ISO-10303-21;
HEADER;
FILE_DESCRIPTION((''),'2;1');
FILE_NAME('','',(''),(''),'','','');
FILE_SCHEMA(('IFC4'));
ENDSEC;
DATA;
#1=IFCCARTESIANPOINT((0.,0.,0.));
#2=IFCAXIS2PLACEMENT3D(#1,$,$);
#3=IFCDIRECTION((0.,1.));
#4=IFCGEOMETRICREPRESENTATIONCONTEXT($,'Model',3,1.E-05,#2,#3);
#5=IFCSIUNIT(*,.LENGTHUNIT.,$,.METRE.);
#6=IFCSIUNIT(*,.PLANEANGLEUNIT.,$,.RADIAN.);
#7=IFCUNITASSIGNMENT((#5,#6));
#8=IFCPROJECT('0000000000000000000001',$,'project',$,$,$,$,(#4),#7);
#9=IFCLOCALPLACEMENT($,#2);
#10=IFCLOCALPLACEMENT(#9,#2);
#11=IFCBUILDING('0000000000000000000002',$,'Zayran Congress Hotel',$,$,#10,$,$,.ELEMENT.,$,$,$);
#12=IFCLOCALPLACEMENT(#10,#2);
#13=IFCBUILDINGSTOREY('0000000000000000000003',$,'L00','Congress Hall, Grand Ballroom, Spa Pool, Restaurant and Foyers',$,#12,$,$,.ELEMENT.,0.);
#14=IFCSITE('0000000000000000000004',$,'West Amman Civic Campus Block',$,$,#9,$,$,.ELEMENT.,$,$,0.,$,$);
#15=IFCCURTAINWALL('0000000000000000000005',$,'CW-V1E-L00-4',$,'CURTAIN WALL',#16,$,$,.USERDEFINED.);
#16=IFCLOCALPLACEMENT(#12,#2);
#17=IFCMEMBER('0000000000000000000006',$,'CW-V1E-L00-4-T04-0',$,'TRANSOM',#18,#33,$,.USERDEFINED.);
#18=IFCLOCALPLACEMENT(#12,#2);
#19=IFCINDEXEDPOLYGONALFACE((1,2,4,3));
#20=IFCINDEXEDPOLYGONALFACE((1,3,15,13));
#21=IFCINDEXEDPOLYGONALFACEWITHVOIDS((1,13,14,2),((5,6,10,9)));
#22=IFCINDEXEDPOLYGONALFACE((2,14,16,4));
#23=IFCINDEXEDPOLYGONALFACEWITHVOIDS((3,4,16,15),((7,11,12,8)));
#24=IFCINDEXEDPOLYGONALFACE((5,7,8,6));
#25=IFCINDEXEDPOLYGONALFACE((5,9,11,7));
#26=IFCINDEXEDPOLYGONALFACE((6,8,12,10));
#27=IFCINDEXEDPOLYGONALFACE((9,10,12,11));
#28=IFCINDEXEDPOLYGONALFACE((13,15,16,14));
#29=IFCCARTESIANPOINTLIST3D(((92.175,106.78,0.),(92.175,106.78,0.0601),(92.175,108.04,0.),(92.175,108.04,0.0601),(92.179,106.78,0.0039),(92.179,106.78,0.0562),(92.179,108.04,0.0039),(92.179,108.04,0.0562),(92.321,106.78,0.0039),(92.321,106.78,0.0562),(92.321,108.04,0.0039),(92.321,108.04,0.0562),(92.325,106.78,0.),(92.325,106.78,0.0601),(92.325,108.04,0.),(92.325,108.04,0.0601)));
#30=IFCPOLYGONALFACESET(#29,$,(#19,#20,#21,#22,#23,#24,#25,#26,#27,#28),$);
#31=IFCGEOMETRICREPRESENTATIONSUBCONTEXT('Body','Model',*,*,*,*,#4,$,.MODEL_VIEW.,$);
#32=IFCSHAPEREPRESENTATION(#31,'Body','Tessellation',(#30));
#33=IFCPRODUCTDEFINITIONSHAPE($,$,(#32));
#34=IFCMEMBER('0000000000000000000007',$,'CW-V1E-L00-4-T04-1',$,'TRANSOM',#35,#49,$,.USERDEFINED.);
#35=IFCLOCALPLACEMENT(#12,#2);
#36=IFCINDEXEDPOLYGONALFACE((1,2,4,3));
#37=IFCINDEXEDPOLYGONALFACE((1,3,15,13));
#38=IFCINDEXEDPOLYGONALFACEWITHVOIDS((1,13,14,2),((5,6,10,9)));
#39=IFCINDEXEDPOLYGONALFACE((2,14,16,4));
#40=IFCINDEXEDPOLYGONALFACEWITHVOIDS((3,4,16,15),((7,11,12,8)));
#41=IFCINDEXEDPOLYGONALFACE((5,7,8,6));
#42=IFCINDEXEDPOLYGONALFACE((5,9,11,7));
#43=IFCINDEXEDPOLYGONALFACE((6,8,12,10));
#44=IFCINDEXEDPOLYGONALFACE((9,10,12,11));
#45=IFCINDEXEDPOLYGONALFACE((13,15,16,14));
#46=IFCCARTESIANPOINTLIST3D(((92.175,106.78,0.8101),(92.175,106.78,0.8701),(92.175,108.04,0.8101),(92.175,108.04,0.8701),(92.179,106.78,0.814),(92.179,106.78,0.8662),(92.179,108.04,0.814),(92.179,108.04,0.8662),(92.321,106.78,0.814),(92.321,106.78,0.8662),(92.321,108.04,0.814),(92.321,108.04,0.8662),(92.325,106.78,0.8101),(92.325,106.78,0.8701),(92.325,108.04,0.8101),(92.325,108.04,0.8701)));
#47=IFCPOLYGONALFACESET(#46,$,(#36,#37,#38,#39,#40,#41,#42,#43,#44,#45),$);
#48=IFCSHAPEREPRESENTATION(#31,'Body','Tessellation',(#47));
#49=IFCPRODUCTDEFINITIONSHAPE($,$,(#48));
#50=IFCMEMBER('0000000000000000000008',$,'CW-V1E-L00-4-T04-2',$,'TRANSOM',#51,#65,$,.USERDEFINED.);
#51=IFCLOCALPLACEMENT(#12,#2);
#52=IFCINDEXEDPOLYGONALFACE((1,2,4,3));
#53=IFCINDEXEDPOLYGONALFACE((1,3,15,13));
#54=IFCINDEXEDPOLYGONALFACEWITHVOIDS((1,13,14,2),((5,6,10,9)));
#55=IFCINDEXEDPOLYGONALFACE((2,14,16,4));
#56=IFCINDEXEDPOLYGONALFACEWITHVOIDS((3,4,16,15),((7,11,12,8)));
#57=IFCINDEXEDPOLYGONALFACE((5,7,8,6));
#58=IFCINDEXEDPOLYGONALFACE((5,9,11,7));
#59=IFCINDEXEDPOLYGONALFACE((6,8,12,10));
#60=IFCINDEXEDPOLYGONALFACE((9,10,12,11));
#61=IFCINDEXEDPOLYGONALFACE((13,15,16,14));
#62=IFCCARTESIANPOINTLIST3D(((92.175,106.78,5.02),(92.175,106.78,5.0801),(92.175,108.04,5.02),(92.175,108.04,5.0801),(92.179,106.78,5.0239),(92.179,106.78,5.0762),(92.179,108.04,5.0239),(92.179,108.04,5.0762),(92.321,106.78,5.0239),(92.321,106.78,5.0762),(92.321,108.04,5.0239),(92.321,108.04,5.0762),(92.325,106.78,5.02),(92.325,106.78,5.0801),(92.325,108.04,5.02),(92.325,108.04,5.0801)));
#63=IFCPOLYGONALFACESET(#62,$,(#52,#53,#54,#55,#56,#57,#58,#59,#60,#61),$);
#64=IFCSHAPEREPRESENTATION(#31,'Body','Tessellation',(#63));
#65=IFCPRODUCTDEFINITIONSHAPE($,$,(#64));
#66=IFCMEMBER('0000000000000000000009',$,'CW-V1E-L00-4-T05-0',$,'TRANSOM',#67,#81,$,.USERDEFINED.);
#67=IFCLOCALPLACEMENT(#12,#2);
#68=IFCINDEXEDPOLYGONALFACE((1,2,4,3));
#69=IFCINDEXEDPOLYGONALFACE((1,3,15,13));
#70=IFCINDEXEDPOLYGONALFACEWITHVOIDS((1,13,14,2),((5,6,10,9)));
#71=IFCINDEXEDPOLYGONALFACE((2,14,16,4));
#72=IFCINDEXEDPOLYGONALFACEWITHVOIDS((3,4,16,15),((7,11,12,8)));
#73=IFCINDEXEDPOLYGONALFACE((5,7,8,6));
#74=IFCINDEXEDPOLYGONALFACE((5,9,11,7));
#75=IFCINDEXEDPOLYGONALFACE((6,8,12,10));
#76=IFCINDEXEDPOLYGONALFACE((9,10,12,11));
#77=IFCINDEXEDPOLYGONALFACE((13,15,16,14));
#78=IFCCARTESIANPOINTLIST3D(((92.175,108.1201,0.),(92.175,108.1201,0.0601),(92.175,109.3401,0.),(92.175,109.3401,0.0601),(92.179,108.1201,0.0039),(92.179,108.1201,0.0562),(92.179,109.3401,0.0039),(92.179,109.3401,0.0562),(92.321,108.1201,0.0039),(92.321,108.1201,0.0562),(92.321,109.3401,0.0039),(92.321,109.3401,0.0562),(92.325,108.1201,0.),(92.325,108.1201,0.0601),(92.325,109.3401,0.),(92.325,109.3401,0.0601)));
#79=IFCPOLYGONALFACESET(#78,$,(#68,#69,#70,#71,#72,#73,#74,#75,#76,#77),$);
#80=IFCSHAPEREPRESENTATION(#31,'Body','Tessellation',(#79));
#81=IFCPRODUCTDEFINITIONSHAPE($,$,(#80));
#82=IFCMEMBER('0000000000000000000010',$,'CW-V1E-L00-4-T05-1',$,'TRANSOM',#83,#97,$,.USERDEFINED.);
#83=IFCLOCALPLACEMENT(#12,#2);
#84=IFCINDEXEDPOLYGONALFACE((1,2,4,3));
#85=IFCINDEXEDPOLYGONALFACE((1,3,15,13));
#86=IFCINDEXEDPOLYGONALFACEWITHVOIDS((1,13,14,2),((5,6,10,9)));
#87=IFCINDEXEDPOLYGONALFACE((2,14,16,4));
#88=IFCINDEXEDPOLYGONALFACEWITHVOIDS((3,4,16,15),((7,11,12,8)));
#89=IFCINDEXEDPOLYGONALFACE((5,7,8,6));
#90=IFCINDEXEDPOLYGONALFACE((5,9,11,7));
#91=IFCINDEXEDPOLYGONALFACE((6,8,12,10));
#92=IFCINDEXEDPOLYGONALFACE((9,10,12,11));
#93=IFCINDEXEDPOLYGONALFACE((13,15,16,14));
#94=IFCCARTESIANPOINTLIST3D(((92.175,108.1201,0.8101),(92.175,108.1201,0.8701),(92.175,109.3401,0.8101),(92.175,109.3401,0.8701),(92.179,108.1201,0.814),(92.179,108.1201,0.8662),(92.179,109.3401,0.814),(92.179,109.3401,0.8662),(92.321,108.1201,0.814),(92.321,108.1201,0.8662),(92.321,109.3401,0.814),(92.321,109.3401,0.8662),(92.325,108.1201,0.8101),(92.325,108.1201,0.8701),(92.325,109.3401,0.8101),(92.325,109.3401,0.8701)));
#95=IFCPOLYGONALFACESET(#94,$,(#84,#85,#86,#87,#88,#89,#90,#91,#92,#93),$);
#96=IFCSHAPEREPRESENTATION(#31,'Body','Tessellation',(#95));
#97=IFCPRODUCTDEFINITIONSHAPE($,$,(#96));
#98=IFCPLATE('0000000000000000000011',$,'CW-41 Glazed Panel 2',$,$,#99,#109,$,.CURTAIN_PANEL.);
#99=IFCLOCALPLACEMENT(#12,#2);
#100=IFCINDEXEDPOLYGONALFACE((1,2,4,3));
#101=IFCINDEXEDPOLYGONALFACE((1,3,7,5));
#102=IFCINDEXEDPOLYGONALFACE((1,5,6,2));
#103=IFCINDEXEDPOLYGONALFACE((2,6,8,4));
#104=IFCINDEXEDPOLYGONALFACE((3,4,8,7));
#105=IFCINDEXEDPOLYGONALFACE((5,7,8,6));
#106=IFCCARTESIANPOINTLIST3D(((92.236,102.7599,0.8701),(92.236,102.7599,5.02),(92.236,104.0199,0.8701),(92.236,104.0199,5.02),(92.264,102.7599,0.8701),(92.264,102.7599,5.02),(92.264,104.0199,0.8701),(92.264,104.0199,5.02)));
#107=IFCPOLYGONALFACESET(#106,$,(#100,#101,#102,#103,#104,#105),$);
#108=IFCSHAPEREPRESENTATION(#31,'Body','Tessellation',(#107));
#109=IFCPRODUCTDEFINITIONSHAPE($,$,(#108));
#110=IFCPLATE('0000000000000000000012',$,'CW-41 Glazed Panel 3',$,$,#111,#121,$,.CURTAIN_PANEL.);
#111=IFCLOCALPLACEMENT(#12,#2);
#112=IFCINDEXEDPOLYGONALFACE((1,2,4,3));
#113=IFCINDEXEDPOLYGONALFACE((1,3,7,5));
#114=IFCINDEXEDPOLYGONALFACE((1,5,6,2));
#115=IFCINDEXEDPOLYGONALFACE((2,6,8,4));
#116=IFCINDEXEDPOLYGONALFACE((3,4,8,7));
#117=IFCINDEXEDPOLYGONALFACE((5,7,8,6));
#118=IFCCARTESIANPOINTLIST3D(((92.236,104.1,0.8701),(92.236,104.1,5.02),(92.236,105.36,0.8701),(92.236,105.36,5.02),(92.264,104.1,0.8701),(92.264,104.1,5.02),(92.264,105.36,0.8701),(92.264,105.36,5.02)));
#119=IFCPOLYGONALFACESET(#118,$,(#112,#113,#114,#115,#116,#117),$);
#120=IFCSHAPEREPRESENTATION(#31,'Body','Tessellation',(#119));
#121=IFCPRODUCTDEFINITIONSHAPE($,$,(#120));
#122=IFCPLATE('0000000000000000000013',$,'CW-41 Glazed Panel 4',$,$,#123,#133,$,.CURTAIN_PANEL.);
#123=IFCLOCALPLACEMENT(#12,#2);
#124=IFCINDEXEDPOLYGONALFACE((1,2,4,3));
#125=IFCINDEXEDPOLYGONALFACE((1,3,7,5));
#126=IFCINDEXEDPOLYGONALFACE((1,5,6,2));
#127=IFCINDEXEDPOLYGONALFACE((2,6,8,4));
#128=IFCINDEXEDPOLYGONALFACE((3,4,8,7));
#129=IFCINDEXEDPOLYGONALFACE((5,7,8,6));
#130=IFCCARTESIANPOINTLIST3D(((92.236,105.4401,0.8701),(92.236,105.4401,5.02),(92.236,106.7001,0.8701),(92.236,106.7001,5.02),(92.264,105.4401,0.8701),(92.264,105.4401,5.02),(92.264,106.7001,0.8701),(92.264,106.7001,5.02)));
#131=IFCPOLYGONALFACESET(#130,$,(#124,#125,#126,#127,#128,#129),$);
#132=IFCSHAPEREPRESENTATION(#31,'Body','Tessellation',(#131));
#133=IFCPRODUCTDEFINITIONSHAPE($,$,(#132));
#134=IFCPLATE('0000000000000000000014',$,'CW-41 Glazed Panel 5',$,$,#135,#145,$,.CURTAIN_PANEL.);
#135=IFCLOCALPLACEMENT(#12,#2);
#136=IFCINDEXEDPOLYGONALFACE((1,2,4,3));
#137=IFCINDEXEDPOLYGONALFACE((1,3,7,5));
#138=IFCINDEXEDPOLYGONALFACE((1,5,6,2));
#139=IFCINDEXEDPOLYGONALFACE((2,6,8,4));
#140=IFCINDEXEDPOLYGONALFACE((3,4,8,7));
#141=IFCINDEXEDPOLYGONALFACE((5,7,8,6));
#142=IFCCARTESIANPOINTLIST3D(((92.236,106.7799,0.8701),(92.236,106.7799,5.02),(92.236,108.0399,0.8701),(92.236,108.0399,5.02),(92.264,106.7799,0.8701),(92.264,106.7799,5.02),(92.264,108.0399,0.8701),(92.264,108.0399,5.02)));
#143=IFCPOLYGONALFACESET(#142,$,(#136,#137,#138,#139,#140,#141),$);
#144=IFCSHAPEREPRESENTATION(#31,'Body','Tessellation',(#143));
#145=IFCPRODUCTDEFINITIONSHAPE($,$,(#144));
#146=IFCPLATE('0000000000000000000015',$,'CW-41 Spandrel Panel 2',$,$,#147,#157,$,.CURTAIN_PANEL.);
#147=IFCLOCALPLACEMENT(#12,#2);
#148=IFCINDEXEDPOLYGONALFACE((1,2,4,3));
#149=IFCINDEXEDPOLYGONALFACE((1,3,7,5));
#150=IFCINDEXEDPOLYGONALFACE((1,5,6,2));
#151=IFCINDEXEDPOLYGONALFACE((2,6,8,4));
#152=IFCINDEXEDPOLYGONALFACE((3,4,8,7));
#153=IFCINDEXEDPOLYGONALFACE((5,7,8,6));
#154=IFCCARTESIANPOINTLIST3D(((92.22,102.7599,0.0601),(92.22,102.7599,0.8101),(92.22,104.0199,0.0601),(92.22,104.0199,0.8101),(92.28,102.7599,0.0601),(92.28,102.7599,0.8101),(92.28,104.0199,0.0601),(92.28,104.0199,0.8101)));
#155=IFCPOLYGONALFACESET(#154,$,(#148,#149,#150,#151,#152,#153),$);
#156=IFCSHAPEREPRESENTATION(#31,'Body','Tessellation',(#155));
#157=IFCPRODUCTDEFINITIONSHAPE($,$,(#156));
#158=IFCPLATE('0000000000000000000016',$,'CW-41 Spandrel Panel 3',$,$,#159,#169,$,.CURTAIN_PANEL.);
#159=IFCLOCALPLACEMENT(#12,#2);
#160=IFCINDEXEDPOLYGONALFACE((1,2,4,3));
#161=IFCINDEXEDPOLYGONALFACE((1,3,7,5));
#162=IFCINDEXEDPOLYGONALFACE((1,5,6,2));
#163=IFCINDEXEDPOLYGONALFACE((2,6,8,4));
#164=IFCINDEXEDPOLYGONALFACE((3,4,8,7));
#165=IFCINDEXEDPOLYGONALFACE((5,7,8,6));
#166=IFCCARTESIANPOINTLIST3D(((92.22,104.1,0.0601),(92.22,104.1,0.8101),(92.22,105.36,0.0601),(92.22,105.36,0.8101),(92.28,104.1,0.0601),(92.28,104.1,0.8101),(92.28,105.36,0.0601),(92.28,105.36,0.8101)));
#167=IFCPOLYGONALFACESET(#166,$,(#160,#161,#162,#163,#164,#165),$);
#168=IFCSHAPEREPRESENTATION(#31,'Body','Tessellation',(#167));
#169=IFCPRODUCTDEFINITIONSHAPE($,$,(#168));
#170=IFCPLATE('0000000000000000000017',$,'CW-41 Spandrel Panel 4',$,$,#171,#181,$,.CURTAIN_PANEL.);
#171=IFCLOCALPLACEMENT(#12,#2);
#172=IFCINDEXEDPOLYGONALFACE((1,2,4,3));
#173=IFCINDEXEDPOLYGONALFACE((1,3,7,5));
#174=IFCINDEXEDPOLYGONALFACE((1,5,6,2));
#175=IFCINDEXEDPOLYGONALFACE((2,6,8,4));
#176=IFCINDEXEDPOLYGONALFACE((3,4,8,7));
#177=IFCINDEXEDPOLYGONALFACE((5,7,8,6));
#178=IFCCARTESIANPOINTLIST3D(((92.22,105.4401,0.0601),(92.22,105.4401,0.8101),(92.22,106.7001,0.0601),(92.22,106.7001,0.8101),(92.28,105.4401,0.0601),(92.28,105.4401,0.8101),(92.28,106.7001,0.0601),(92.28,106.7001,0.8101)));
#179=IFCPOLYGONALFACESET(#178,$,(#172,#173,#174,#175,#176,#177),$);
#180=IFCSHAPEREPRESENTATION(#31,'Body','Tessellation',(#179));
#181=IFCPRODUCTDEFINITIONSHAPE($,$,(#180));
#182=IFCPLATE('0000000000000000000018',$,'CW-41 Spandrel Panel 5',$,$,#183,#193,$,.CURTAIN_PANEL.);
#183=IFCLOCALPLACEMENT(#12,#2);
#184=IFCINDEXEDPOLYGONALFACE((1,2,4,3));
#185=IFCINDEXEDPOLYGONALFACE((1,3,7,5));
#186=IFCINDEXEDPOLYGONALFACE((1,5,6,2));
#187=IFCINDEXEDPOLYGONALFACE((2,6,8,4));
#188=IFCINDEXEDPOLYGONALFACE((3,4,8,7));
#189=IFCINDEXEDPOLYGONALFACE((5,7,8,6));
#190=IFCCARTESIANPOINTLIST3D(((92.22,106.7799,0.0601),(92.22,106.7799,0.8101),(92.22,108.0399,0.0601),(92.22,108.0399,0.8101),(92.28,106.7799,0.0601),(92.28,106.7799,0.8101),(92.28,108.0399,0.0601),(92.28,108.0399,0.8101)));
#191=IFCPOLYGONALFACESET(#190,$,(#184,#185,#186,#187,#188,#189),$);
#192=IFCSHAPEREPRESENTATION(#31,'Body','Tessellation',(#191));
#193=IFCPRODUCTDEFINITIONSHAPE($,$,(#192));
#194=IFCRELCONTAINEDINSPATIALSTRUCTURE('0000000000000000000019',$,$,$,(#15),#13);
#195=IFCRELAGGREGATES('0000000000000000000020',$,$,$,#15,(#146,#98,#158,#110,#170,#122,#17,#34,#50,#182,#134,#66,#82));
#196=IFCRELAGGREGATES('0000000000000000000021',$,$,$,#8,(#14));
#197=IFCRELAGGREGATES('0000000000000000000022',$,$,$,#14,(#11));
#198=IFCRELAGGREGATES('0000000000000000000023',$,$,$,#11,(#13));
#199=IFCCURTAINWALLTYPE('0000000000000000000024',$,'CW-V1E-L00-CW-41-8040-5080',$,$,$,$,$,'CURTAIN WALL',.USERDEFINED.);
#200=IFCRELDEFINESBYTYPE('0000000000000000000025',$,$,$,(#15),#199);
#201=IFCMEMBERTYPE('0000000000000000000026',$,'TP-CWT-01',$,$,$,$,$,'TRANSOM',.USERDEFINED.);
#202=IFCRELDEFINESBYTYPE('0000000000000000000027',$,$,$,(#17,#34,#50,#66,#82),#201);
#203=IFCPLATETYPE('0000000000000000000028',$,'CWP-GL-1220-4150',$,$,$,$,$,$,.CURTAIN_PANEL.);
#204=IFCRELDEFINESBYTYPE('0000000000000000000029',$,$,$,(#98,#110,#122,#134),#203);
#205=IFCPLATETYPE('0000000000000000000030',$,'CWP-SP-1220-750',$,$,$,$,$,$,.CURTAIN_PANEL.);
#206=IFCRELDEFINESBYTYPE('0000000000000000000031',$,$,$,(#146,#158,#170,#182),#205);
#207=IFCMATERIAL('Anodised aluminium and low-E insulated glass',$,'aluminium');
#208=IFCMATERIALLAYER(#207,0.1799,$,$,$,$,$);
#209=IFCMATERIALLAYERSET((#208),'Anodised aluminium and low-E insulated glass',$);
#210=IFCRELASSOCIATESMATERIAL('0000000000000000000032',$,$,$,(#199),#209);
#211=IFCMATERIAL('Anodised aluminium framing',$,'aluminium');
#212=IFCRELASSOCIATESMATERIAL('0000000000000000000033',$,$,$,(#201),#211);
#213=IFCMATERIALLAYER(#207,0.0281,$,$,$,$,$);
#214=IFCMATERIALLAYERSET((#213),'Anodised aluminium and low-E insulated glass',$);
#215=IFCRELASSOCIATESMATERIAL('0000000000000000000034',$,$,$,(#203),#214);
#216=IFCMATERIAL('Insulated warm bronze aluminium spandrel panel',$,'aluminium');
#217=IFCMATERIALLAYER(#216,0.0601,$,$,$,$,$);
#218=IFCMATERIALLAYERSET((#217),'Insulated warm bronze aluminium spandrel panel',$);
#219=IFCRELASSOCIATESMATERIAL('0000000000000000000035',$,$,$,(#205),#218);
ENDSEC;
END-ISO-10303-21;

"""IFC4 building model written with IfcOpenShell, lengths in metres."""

from ifc_helpers import new_model, si_unit, direction, frame, origin, origin_2d, place, context, subcontext, project, spatial, rectangle, hollow_rectangle, extrude, material, layer, layer_set, material_profile, profile_set, type_object, element, aggregate, save


model = new_model("IFC4")

# Units and contexts
model_context = context("Model", 3, precision=1e-05, world=origin(), true_north=direction((0.0, 1.0)))
body_context = subcontext(model_context, "Body", "Model", "MODEL_VIEW")
ifc_project = project(units=[si_unit("LENGTHUNIT", "METRE"), si_unit("PLANEANGLEUNIT", "RADIAN")], contexts=[model_context])

# Site, building, storey
site_placement = place(None, origin())
site = spatial("IfcSite", under=ifc_project, at=site_placement, Name="West Amman Civic Campus Block", CompositionType="ELEMENT", RefElevation=0.0)
building_placement = place(site_placement, origin())
building = spatial("IfcBuilding", under=site, at=building_placement, Name="Zayran Congress Hotel", CompositionType="ELEMENT")
storey_placement = place(building_placement, origin())
storey = spatial("IfcBuildingStorey", under=building, at=storey_placement, Name="L00", Description="Congress Hall, Grand Ballroom, Spa Pool, Restaurant and Foyers", CompositionType="ELEMENT", Elevation=0.0)

# Curtain wall, members, plates
ifc_material_1 = material(Name="Anodised aluminium and low-E insulated glass", Category="aluminium")
ifc_layer_1 = layer(ifc_material_1, 0.1799)
ifc_layer_set_1 = layer_set([ifc_layer_1], Name="Anodised aluminium and low-E insulated glass")
curtain_wall_type = type_object("IfcCurtainWallType", Name="CW-V1E-L00-CW-41-8040-5080", ElementType="CURTAIN WALL", PredefinedType="USERDEFINED", material=ifc_layer_set_1)
curtain_wall_placement = place(storey_placement, origin())
curtain_wall = element("IfcCurtainWall", 1, at=curtain_wall_placement, inside=storey, type_object=curtain_wall_type, Name="CW-V1E-L00-4", ObjectType="CURTAIN WALL", PredefinedType="USERDEFINED")
ifc_material_2 = material(Name="Anodised aluminium framing", Category="aluminium")
ifc_material_profile_1 = material_profile(ifc_material_2, hollow_rectangle(XDim=0.0601, YDim=0.1499, WallThickness=0.0039, at=origin_2d()), Name="RHS 150x60x4")
ifc_profile_set_1 = profile_set([ifc_material_profile_1], Name="Anodised aluminium framing")
member_type_1 = type_object("IfcMemberType", Name="TP-CWT-01", ElementType="TRANSOM", PredefinedType="USERDEFINED", material=ifc_profile_set_1)
member_1_placement = place(storey_placement, frame((92.25, 106.78, 0.03), z_axis=(0.0, 1.0, 0.0), x_axis=(0.0, 0.0, 1.0)))
member_1 = element("IfcMember", 2, at=member_1_placement, type_object=member_type_1, Name="CW-V1E-L00-4-T04-0", ObjectType="TRANSOM", PredefinedType="USERDEFINED", context=body_context, shape_type="SweptSolid", body=[
    extrude(hollow_rectangle(XDim=0.0601, YDim=0.1499, WallThickness=0.0039, at=origin_2d()), origin(), (0.0, 0.0, 1.0), 1.26),
])
member_2_placement = place(storey_placement, frame((92.25, 106.78, 0.8401), z_axis=(0.0, 1.0, 0.0), x_axis=(0.0, 0.0, 1.0)))
member_2 = element("IfcMember", 3, at=member_2_placement, type_object=member_type_1, Name="CW-V1E-L00-4-T04-1", ObjectType="TRANSOM", PredefinedType="USERDEFINED", context=body_context, shape_type="SweptSolid", body=[
    extrude(hollow_rectangle(XDim=0.0601, YDim=0.1499, WallThickness=0.0039, at=origin_2d()), origin(), (0.0, 0.0, 1.0), 1.26),
])
member_3_placement = place(storey_placement, frame((92.25, 106.78, 5.05), z_axis=(0.0, 1.0, 0.0), x_axis=(0.0, 0.0, 1.0)))
member_3 = element("IfcMember", 4, at=member_3_placement, type_object=member_type_1, Name="CW-V1E-L00-4-T04-2", ObjectType="TRANSOM", PredefinedType="USERDEFINED", context=body_context, shape_type="SweptSolid", body=[
    extrude(hollow_rectangle(XDim=0.0601, YDim=0.1499, WallThickness=0.0039, at=origin_2d()), origin(), (0.0, 0.0, 1.0), 1.26),
])
member_4_placement = place(storey_placement, frame((92.25, 108.1201, 0.03), z_axis=(0.0, 1.0, 0.0), x_axis=(0.0, 0.0, 1.0)))
member_4 = element("IfcMember", 5, at=member_4_placement, type_object=member_type_1, Name="CW-V1E-L00-4-T05-0", ObjectType="TRANSOM", PredefinedType="USERDEFINED", context=body_context, shape_type="SweptSolid", body=[
    extrude(hollow_rectangle(XDim=0.0601, YDim=0.1499, WallThickness=0.0039, at=origin_2d()), origin(), (0.0, 0.0, 1.0), 1.22),
])
member_5_placement = place(storey_placement, frame((92.25, 108.1201, 0.8401), z_axis=(0.0, 1.0, 0.0), x_axis=(0.0, 0.0, 1.0)))
member_5 = element("IfcMember", 6, at=member_5_placement, type_object=member_type_1, Name="CW-V1E-L00-4-T05-1", ObjectType="TRANSOM", PredefinedType="USERDEFINED", context=body_context, shape_type="SweptSolid", body=[
    extrude(hollow_rectangle(XDim=0.0601, YDim=0.1499, WallThickness=0.0039, at=origin_2d()), origin(), (0.0, 0.0, 1.0), 1.22),
])
ifc_layer_2 = layer(ifc_material_1, 0.0281)
ifc_layer_set_2 = layer_set([ifc_layer_2], Name="Anodised aluminium and low-E insulated glass")
plate_type_1 = type_object("IfcPlateType", Name="CWP-GL-1220-4150", PredefinedType="CURTAIN_PANEL", material=ifc_layer_set_2)
plate_1_placement = place(storey_placement, frame((92.25, 103.3899, 0.8701), z_axis=(0.0, 0.0, 1.0), x_axis=(0.0, 1.0, 0.0)))
plate_1 = element("IfcPlate", 7, at=plate_1_placement, type_object=plate_type_1, Name="CW-41 Glazed Panel 2", PredefinedType="CURTAIN_PANEL", context=body_context, shape_type="SweptSolid", body=[
    extrude(rectangle(XDim=1.26, YDim=0.0281, at=origin_2d()), origin(), (0.0, 0.0, 1.0), 4.1499),
])
plate_2_placement = place(storey_placement, frame((92.25, 104.73, 0.8701), z_axis=(0.0, 0.0, 1.0), x_axis=(0.0, 1.0, 0.0)))
plate_2 = element("IfcPlate", 8, at=plate_2_placement, type_object=plate_type_1, Name="CW-41 Glazed Panel 3", PredefinedType="CURTAIN_PANEL", context=body_context, shape_type="SweptSolid", body=[
    extrude(rectangle(XDim=1.26, YDim=0.0281, at=origin_2d()), origin(), (0.0, 0.0, 1.0), 4.1499),
])
plate_3_placement = place(storey_placement, frame((92.25, 106.0701, 0.8701), z_axis=(0.0, 0.0, 1.0), x_axis=(0.0, 1.0, 0.0)))
plate_3 = element("IfcPlate", 9, at=plate_3_placement, type_object=plate_type_1, Name="CW-41 Glazed Panel 4", PredefinedType="CURTAIN_PANEL", context=body_context, shape_type="SweptSolid", body=[
    extrude(rectangle(XDim=1.26, YDim=0.0281, at=origin_2d()), origin(), (0.0, 0.0, 1.0), 4.1499),
])
plate_4_placement = place(storey_placement, frame((92.25, 107.4099, 0.8701), z_axis=(0.0, 0.0, 1.0), x_axis=(0.0, 1.0, 0.0)))
plate_4 = element("IfcPlate", 10, at=plate_4_placement, type_object=plate_type_1, Name="CW-41 Glazed Panel 5", PredefinedType="CURTAIN_PANEL", context=body_context, shape_type="SweptSolid", body=[
    extrude(rectangle(XDim=1.26, YDim=0.0281, at=origin_2d()), origin(), (0.0, 0.0, 1.0), 4.1499),
])
ifc_material_3 = material(Name="Insulated warm bronze aluminium spandrel panel", Category="aluminium")
ifc_layer_3 = layer(ifc_material_3, 0.0601)
ifc_layer_set_3 = layer_set([ifc_layer_3], Name="Insulated warm bronze aluminium spandrel panel")
plate_type_2 = type_object("IfcPlateType", Name="CWP-SP-1220-750", PredefinedType="CURTAIN_PANEL", material=ifc_layer_set_3)
plate_5_placement = place(storey_placement, frame((92.25, 103.3899, 0.0601), z_axis=(0.0, 0.0, 1.0), x_axis=(0.0, 1.0, 0.0)))
plate_5 = element("IfcPlate", 11, at=plate_5_placement, type_object=plate_type_2, Name="CW-41 Spandrel Panel 2", PredefinedType="CURTAIN_PANEL", context=body_context, shape_type="SweptSolid", body=[
    extrude(rectangle(XDim=1.26, YDim=0.0601, at=origin_2d()), origin(), (0.0, 0.0, 1.0), 0.75),
])
plate_6_placement = place(storey_placement, frame((92.25, 104.73, 0.0601), z_axis=(0.0, 0.0, 1.0), x_axis=(0.0, 1.0, 0.0)))
plate_6 = element("IfcPlate", 12, at=plate_6_placement, type_object=plate_type_2, Name="CW-41 Spandrel Panel 3", PredefinedType="CURTAIN_PANEL", context=body_context, shape_type="SweptSolid", body=[
    extrude(rectangle(XDim=1.26, YDim=0.0601, at=origin_2d()), origin(), (0.0, 0.0, 1.0), 0.75),
])
plate_7_placement = place(storey_placement, frame((92.25, 106.0701, 0.0601), z_axis=(0.0, 0.0, 1.0), x_axis=(0.0, 1.0, 0.0)))
plate_7 = element("IfcPlate", 13, at=plate_7_placement, type_object=plate_type_2, Name="CW-41 Spandrel Panel 4", PredefinedType="CURTAIN_PANEL", context=body_context, shape_type="SweptSolid", body=[
    extrude(rectangle(XDim=1.26, YDim=0.0601, at=origin_2d()), origin(), (0.0, 0.0, 1.0), 0.75),
])
plate_8_placement = place(storey_placement, frame((92.25, 107.4099, 0.0601), z_axis=(0.0, 0.0, 1.0), x_axis=(0.0, 1.0, 0.0)))
plate_8 = element("IfcPlate", 14, at=plate_8_placement, type_object=plate_type_2, Name="CW-41 Spandrel Panel 5", PredefinedType="CURTAIN_PANEL", context=body_context, shape_type="SweptSolid", body=[
    extrude(rectangle(XDim=1.26, YDim=0.0601, at=origin_2d()), origin(), (0.0, 0.0, 1.0), 0.75),
])
aggregate(curtain_wall, [plate_5, plate_1, plate_6, plate_2, plate_7, plate_3, member_1, member_2, member_3, plate_8, plate_4, member_4, member_5])

save(model, "model.ifc")
